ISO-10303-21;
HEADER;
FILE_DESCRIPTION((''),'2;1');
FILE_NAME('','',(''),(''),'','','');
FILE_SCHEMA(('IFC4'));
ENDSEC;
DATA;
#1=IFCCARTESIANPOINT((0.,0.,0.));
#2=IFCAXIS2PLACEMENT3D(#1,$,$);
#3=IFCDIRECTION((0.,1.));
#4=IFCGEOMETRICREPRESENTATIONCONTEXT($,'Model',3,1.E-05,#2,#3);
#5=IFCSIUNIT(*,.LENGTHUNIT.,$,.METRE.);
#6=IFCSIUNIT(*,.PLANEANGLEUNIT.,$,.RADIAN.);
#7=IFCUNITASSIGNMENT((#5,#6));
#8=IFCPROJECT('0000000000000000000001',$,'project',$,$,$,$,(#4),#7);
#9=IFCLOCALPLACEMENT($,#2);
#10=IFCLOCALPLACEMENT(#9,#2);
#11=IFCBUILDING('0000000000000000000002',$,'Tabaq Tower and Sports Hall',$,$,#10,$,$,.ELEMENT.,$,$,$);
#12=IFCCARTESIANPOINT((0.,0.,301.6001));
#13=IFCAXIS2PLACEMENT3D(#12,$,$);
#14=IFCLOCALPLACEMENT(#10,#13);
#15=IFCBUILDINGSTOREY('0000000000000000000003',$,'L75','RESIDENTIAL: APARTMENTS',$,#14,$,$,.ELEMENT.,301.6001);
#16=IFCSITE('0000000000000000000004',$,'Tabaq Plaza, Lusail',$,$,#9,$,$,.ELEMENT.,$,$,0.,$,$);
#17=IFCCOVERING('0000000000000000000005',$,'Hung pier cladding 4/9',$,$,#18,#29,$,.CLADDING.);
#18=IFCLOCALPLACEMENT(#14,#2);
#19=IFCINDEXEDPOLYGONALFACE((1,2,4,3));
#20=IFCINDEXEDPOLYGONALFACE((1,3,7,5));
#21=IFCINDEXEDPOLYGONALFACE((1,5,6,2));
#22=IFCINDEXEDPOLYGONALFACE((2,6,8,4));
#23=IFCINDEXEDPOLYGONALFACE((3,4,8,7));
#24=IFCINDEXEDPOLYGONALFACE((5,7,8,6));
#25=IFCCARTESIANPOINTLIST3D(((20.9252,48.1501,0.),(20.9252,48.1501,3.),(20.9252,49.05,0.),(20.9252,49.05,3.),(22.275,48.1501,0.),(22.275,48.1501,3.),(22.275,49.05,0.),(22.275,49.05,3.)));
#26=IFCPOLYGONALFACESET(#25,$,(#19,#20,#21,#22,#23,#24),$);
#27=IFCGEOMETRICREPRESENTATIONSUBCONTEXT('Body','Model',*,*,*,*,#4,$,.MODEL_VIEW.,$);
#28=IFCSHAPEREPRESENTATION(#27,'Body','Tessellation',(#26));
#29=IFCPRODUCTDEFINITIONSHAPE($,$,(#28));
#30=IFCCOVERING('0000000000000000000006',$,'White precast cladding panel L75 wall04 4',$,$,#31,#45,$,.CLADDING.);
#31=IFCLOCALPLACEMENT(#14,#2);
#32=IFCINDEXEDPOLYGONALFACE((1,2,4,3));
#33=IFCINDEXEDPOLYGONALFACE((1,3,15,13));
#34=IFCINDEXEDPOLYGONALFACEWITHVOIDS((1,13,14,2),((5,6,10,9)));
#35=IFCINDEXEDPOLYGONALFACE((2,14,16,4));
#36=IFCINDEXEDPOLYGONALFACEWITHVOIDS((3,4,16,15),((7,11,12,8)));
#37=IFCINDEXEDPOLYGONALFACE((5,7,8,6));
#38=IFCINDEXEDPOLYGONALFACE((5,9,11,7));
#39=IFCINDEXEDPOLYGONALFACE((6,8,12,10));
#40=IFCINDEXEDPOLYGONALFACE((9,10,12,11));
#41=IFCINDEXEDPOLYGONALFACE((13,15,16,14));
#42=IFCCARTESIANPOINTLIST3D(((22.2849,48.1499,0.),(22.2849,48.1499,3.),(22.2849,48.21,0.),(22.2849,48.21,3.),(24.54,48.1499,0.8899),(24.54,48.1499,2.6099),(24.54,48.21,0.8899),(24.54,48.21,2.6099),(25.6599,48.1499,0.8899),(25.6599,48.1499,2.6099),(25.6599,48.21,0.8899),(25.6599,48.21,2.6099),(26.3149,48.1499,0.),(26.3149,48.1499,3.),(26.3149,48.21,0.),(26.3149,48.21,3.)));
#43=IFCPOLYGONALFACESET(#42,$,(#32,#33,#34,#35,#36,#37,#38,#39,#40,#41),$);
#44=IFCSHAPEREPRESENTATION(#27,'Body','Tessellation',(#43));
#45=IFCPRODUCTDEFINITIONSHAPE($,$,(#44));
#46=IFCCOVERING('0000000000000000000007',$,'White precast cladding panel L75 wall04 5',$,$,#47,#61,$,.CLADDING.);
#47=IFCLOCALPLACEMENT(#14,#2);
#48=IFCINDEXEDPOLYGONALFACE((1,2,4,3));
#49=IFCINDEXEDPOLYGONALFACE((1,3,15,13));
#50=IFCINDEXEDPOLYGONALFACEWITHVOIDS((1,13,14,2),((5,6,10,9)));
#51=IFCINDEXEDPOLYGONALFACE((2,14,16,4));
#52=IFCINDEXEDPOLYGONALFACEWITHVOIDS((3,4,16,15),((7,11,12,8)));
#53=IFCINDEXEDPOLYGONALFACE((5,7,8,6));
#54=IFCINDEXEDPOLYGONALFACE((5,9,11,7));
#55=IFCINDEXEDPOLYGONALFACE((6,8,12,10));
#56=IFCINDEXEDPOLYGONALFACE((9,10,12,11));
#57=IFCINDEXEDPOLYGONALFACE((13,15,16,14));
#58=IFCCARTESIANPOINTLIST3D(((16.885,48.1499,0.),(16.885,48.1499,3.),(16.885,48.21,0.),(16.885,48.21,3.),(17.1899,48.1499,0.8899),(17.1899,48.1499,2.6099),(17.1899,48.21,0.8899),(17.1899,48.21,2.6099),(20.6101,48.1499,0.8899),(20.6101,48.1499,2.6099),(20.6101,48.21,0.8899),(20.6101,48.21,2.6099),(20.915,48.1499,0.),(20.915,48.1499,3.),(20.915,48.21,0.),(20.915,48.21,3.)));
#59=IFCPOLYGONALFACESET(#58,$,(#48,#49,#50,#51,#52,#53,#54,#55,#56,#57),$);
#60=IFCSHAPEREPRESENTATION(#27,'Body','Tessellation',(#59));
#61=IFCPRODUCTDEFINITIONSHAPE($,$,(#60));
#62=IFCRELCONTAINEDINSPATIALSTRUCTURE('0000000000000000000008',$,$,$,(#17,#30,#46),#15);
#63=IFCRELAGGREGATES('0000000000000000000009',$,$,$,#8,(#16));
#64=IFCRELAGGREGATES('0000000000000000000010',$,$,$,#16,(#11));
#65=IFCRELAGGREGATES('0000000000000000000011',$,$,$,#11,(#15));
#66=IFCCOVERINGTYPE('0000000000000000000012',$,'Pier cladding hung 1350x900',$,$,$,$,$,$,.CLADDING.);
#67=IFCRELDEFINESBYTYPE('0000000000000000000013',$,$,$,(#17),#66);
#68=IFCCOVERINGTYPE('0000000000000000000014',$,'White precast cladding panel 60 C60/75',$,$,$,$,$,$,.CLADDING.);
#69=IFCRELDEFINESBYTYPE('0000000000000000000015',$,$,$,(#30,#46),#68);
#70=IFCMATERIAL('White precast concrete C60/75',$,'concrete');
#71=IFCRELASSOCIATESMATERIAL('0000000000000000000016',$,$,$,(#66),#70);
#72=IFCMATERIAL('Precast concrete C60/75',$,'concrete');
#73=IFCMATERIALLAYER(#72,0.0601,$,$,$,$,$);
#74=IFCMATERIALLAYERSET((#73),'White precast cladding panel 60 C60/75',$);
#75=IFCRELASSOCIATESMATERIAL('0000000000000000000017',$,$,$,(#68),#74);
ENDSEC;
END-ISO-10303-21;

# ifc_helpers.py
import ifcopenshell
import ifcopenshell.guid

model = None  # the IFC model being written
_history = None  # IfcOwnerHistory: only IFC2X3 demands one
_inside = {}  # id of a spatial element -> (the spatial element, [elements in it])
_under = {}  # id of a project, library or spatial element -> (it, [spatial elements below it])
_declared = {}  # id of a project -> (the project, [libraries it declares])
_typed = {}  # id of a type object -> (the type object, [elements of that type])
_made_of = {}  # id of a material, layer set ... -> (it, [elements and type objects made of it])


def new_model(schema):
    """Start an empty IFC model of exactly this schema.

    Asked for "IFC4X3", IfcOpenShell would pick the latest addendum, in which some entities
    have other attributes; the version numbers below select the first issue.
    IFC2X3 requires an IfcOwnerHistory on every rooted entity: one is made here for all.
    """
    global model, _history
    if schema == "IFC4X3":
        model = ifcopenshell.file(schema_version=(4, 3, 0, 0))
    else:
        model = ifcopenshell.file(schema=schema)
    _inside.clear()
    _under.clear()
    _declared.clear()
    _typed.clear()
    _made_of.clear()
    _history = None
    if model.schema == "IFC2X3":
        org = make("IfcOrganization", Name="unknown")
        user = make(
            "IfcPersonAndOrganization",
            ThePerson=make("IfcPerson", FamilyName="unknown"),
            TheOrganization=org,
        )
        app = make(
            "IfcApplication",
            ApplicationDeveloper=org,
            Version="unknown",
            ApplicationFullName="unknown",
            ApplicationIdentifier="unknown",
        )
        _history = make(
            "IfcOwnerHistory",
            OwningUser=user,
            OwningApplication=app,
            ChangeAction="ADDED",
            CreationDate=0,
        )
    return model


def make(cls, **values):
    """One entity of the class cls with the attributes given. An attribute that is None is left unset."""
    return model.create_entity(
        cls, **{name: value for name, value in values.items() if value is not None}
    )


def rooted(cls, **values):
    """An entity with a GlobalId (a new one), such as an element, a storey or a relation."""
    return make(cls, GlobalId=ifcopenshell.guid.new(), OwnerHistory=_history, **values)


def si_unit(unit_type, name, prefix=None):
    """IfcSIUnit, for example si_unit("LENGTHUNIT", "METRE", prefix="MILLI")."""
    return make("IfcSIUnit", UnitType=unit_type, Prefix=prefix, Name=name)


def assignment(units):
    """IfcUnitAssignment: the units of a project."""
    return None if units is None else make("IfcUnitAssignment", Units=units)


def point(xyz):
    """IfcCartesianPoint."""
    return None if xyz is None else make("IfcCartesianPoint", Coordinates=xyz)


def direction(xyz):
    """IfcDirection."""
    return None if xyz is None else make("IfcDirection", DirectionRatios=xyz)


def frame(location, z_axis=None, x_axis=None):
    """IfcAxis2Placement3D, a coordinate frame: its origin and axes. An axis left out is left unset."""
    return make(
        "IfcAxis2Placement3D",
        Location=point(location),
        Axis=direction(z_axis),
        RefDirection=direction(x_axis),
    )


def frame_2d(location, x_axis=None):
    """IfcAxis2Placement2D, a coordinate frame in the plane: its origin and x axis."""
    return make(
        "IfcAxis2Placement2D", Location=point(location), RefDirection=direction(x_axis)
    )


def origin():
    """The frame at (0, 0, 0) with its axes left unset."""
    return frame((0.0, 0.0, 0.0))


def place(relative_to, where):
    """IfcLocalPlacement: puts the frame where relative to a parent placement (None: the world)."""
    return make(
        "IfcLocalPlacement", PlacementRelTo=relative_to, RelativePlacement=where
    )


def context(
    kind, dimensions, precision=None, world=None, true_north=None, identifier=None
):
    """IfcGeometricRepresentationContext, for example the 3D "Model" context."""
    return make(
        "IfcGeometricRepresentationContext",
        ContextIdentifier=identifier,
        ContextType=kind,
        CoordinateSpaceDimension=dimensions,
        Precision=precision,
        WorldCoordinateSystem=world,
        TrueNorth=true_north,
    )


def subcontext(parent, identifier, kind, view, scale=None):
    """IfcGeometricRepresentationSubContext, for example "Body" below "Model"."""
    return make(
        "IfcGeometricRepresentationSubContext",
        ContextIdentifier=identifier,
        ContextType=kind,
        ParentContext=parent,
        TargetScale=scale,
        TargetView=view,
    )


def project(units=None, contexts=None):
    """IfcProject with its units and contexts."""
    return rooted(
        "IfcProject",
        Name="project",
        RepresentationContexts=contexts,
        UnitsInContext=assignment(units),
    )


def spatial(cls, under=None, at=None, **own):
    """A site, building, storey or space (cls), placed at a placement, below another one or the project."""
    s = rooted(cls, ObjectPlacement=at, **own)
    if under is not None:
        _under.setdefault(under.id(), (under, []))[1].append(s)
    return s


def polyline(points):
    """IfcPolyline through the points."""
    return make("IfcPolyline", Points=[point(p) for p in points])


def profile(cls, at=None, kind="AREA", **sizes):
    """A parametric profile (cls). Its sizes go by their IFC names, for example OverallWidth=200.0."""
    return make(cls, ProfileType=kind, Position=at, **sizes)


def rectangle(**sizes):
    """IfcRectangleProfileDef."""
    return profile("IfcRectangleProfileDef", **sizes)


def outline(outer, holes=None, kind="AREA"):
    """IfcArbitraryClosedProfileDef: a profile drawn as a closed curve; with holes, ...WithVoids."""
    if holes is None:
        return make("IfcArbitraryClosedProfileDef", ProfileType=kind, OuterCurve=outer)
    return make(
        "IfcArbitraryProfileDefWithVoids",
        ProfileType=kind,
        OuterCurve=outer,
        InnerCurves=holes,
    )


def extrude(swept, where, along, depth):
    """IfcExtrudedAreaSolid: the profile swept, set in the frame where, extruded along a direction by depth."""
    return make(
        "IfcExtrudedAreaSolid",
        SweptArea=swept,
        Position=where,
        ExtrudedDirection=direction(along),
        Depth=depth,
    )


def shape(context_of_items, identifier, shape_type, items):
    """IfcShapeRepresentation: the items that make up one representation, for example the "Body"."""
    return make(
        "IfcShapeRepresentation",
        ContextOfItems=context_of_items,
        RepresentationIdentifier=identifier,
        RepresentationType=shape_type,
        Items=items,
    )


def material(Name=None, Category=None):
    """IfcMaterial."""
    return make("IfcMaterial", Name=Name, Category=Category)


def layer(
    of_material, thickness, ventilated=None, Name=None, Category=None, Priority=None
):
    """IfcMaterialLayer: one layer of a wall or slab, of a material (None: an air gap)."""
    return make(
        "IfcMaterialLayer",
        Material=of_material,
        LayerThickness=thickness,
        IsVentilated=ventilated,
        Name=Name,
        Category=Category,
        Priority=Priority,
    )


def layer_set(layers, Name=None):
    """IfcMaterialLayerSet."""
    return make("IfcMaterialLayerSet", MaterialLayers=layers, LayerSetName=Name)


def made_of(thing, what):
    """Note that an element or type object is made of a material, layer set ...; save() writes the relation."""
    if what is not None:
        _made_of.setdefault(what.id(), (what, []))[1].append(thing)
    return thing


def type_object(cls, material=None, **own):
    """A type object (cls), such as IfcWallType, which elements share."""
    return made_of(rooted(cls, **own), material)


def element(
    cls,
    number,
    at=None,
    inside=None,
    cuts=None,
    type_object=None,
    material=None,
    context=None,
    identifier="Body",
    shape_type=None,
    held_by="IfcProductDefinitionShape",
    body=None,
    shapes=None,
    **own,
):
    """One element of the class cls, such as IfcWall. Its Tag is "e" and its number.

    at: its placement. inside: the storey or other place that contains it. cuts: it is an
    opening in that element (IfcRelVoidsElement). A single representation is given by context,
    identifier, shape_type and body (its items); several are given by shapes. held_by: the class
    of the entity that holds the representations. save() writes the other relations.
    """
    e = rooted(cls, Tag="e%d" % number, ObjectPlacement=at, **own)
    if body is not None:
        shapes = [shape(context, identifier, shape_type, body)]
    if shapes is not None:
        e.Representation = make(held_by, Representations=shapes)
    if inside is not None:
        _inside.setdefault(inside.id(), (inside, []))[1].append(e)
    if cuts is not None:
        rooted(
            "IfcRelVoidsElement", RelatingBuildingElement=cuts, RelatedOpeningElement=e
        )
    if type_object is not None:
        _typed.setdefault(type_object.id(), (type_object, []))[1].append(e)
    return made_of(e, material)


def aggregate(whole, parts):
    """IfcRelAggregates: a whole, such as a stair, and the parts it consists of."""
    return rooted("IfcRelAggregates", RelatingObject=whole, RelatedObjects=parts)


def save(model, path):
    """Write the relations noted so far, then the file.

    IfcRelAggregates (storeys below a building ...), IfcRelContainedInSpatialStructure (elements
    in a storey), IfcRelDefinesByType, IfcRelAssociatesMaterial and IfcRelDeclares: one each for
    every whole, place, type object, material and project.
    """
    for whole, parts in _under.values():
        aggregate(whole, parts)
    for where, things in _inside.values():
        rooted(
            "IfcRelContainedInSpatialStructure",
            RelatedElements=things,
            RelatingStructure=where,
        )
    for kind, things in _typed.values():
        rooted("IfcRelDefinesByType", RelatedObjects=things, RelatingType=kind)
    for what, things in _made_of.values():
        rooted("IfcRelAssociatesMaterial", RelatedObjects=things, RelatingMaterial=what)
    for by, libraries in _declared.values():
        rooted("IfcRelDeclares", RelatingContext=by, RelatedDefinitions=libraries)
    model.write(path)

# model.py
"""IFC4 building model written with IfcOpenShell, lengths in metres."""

from ifc_helpers import new_model, si_unit, direction, frame, frame_2d, origin, place, context, subcontext, project, spatial, polyline, rectangle, outline, extrude, material, layer, layer_set, type_object, element, save


model = new_model("IFC4")

# Units and contexts
model_context = context("Model", 3, precision=1e-05, world=origin(), true_north=direction((0.0, 1.0)))
body_context = subcontext(model_context, "Body", "Model", "MODEL_VIEW")
ifc_project = project(units=[si_unit("LENGTHUNIT", "METRE"), si_unit("PLANEANGLEUNIT", "RADIAN")], contexts=[model_context])

# Site, building, storey
site_placement = place(None, origin())
site = spatial("IfcSite", under=ifc_project, at=site_placement, Name="Tabaq Plaza, Lusail", CompositionType="ELEMENT", RefElevation=0.0)
building_placement = place(site_placement, origin())
building = spatial("IfcBuilding", under=site, at=building_placement, Name="Tabaq Tower and Sports Hall", CompositionType="ELEMENT")
storey_placement = place(building_placement, frame((0.0, 0.0, 301.6001)))
storey = spatial("IfcBuildingStorey", under=building, at=storey_placement, Name="L75", Description="RESIDENTIAL: APARTMENTS", CompositionType="ELEMENT", Elevation=301.6001)

# Coverings
ifc_material_1 = material(Name="White precast concrete C60/75", Category="concrete")
covering_type_1 = type_object("IfcCoveringType", Name="Pier cladding hung 1350x900", PredefinedType="CLADDING", material=ifc_material_1)
covering_1_placement = place(storey_placement, frame((22.2749, 48.6001, 0.0), z_axis=(0.0, 0.0, 1.0), x_axis=(-1.0, 0.0, 0.0)))
element("IfcCovering", 1, at=covering_1_placement, inside=storey, type_object=covering_type_1, Name="Hung pier cladding 4/9", PredefinedType="CLADDING", context=body_context, shape_type="SweptSolid", body=[
    extrude(rectangle(XDim=1.3499, YDim=0.8999, at=frame_2d((0.6748, 0.0))), origin(), (0.0, 0.0, 1.0), 3.0),
])
ifc_material_2 = material(Name="Precast concrete C60/75", Category="concrete")
ifc_layer_1 = layer(ifc_material_2, 0.0601)
ifc_layer_set_1 = layer_set([ifc_layer_1], Name="White precast cladding panel 60 C60/75")
covering_type_2 = type_object("IfcCoveringType", Name="White precast cladding panel 60 C60/75", PredefinedType="CLADDING", material=ifc_layer_set_1)
covering_2_placement = place(storey_placement, frame((26.3149, 48.1799, 0.0), z_axis=(0.0, 0.0, 1.0), x_axis=(-1.0, 0.0, 0.0)))
element("IfcCovering", 2, at=covering_2_placement, inside=storey, type_object=covering_type_2, Name="White precast cladding panel L75 wall04 4", PredefinedType="CLADDING", context=body_context, shape_type="SweptSolid", body=[
    extrude(outline(polyline([(0.0, 0.0), (4.03, 0.0), (4.03, 3.0), (0.0, 3.0), (0.0, 0.0)]), holes=[polyline([(0.655, 0.8899), (0.655, 2.6099), (1.7749, 2.6099), (1.7749, 0.8899), (0.655, 0.8899)])]), frame((0.0, 0.03, 0.0), z_axis=(0.0, -1.0, 0.0), x_axis=(1.0, 0.0, 0.0)), (0.0, 0.0, 1.0), 0.0601),
])
covering_3_placement = place(storey_placement, frame((20.915, 48.1799, 0.0), z_axis=(0.0, 0.0, 1.0), x_axis=(-1.0, 0.0, 0.0)))
element("IfcCovering", 3, at=covering_3_placement, inside=storey, type_object=covering_type_2, Name="White precast cladding panel L75 wall04 5", PredefinedType="CLADDING", context=body_context, shape_type="SweptSolid", body=[
    extrude(outline(polyline([(0.0, 0.0), (4.03, 0.0), (4.03, 3.0), (0.0, 3.0), (0.0, 0.0)]), holes=[polyline([(0.3049, 0.8899), (0.3049, 2.6099), (3.7251, 2.6099), (3.7251, 0.8899), (0.3049, 0.8899)])]), frame((0.0, 0.03, 0.0), z_axis=(0.0, -1.0, 0.0), x_axis=(1.0, 0.0, 0.0)), (0.0, 0.0, 1.0), 0.0601),
])

save(model, "model.ifc")
